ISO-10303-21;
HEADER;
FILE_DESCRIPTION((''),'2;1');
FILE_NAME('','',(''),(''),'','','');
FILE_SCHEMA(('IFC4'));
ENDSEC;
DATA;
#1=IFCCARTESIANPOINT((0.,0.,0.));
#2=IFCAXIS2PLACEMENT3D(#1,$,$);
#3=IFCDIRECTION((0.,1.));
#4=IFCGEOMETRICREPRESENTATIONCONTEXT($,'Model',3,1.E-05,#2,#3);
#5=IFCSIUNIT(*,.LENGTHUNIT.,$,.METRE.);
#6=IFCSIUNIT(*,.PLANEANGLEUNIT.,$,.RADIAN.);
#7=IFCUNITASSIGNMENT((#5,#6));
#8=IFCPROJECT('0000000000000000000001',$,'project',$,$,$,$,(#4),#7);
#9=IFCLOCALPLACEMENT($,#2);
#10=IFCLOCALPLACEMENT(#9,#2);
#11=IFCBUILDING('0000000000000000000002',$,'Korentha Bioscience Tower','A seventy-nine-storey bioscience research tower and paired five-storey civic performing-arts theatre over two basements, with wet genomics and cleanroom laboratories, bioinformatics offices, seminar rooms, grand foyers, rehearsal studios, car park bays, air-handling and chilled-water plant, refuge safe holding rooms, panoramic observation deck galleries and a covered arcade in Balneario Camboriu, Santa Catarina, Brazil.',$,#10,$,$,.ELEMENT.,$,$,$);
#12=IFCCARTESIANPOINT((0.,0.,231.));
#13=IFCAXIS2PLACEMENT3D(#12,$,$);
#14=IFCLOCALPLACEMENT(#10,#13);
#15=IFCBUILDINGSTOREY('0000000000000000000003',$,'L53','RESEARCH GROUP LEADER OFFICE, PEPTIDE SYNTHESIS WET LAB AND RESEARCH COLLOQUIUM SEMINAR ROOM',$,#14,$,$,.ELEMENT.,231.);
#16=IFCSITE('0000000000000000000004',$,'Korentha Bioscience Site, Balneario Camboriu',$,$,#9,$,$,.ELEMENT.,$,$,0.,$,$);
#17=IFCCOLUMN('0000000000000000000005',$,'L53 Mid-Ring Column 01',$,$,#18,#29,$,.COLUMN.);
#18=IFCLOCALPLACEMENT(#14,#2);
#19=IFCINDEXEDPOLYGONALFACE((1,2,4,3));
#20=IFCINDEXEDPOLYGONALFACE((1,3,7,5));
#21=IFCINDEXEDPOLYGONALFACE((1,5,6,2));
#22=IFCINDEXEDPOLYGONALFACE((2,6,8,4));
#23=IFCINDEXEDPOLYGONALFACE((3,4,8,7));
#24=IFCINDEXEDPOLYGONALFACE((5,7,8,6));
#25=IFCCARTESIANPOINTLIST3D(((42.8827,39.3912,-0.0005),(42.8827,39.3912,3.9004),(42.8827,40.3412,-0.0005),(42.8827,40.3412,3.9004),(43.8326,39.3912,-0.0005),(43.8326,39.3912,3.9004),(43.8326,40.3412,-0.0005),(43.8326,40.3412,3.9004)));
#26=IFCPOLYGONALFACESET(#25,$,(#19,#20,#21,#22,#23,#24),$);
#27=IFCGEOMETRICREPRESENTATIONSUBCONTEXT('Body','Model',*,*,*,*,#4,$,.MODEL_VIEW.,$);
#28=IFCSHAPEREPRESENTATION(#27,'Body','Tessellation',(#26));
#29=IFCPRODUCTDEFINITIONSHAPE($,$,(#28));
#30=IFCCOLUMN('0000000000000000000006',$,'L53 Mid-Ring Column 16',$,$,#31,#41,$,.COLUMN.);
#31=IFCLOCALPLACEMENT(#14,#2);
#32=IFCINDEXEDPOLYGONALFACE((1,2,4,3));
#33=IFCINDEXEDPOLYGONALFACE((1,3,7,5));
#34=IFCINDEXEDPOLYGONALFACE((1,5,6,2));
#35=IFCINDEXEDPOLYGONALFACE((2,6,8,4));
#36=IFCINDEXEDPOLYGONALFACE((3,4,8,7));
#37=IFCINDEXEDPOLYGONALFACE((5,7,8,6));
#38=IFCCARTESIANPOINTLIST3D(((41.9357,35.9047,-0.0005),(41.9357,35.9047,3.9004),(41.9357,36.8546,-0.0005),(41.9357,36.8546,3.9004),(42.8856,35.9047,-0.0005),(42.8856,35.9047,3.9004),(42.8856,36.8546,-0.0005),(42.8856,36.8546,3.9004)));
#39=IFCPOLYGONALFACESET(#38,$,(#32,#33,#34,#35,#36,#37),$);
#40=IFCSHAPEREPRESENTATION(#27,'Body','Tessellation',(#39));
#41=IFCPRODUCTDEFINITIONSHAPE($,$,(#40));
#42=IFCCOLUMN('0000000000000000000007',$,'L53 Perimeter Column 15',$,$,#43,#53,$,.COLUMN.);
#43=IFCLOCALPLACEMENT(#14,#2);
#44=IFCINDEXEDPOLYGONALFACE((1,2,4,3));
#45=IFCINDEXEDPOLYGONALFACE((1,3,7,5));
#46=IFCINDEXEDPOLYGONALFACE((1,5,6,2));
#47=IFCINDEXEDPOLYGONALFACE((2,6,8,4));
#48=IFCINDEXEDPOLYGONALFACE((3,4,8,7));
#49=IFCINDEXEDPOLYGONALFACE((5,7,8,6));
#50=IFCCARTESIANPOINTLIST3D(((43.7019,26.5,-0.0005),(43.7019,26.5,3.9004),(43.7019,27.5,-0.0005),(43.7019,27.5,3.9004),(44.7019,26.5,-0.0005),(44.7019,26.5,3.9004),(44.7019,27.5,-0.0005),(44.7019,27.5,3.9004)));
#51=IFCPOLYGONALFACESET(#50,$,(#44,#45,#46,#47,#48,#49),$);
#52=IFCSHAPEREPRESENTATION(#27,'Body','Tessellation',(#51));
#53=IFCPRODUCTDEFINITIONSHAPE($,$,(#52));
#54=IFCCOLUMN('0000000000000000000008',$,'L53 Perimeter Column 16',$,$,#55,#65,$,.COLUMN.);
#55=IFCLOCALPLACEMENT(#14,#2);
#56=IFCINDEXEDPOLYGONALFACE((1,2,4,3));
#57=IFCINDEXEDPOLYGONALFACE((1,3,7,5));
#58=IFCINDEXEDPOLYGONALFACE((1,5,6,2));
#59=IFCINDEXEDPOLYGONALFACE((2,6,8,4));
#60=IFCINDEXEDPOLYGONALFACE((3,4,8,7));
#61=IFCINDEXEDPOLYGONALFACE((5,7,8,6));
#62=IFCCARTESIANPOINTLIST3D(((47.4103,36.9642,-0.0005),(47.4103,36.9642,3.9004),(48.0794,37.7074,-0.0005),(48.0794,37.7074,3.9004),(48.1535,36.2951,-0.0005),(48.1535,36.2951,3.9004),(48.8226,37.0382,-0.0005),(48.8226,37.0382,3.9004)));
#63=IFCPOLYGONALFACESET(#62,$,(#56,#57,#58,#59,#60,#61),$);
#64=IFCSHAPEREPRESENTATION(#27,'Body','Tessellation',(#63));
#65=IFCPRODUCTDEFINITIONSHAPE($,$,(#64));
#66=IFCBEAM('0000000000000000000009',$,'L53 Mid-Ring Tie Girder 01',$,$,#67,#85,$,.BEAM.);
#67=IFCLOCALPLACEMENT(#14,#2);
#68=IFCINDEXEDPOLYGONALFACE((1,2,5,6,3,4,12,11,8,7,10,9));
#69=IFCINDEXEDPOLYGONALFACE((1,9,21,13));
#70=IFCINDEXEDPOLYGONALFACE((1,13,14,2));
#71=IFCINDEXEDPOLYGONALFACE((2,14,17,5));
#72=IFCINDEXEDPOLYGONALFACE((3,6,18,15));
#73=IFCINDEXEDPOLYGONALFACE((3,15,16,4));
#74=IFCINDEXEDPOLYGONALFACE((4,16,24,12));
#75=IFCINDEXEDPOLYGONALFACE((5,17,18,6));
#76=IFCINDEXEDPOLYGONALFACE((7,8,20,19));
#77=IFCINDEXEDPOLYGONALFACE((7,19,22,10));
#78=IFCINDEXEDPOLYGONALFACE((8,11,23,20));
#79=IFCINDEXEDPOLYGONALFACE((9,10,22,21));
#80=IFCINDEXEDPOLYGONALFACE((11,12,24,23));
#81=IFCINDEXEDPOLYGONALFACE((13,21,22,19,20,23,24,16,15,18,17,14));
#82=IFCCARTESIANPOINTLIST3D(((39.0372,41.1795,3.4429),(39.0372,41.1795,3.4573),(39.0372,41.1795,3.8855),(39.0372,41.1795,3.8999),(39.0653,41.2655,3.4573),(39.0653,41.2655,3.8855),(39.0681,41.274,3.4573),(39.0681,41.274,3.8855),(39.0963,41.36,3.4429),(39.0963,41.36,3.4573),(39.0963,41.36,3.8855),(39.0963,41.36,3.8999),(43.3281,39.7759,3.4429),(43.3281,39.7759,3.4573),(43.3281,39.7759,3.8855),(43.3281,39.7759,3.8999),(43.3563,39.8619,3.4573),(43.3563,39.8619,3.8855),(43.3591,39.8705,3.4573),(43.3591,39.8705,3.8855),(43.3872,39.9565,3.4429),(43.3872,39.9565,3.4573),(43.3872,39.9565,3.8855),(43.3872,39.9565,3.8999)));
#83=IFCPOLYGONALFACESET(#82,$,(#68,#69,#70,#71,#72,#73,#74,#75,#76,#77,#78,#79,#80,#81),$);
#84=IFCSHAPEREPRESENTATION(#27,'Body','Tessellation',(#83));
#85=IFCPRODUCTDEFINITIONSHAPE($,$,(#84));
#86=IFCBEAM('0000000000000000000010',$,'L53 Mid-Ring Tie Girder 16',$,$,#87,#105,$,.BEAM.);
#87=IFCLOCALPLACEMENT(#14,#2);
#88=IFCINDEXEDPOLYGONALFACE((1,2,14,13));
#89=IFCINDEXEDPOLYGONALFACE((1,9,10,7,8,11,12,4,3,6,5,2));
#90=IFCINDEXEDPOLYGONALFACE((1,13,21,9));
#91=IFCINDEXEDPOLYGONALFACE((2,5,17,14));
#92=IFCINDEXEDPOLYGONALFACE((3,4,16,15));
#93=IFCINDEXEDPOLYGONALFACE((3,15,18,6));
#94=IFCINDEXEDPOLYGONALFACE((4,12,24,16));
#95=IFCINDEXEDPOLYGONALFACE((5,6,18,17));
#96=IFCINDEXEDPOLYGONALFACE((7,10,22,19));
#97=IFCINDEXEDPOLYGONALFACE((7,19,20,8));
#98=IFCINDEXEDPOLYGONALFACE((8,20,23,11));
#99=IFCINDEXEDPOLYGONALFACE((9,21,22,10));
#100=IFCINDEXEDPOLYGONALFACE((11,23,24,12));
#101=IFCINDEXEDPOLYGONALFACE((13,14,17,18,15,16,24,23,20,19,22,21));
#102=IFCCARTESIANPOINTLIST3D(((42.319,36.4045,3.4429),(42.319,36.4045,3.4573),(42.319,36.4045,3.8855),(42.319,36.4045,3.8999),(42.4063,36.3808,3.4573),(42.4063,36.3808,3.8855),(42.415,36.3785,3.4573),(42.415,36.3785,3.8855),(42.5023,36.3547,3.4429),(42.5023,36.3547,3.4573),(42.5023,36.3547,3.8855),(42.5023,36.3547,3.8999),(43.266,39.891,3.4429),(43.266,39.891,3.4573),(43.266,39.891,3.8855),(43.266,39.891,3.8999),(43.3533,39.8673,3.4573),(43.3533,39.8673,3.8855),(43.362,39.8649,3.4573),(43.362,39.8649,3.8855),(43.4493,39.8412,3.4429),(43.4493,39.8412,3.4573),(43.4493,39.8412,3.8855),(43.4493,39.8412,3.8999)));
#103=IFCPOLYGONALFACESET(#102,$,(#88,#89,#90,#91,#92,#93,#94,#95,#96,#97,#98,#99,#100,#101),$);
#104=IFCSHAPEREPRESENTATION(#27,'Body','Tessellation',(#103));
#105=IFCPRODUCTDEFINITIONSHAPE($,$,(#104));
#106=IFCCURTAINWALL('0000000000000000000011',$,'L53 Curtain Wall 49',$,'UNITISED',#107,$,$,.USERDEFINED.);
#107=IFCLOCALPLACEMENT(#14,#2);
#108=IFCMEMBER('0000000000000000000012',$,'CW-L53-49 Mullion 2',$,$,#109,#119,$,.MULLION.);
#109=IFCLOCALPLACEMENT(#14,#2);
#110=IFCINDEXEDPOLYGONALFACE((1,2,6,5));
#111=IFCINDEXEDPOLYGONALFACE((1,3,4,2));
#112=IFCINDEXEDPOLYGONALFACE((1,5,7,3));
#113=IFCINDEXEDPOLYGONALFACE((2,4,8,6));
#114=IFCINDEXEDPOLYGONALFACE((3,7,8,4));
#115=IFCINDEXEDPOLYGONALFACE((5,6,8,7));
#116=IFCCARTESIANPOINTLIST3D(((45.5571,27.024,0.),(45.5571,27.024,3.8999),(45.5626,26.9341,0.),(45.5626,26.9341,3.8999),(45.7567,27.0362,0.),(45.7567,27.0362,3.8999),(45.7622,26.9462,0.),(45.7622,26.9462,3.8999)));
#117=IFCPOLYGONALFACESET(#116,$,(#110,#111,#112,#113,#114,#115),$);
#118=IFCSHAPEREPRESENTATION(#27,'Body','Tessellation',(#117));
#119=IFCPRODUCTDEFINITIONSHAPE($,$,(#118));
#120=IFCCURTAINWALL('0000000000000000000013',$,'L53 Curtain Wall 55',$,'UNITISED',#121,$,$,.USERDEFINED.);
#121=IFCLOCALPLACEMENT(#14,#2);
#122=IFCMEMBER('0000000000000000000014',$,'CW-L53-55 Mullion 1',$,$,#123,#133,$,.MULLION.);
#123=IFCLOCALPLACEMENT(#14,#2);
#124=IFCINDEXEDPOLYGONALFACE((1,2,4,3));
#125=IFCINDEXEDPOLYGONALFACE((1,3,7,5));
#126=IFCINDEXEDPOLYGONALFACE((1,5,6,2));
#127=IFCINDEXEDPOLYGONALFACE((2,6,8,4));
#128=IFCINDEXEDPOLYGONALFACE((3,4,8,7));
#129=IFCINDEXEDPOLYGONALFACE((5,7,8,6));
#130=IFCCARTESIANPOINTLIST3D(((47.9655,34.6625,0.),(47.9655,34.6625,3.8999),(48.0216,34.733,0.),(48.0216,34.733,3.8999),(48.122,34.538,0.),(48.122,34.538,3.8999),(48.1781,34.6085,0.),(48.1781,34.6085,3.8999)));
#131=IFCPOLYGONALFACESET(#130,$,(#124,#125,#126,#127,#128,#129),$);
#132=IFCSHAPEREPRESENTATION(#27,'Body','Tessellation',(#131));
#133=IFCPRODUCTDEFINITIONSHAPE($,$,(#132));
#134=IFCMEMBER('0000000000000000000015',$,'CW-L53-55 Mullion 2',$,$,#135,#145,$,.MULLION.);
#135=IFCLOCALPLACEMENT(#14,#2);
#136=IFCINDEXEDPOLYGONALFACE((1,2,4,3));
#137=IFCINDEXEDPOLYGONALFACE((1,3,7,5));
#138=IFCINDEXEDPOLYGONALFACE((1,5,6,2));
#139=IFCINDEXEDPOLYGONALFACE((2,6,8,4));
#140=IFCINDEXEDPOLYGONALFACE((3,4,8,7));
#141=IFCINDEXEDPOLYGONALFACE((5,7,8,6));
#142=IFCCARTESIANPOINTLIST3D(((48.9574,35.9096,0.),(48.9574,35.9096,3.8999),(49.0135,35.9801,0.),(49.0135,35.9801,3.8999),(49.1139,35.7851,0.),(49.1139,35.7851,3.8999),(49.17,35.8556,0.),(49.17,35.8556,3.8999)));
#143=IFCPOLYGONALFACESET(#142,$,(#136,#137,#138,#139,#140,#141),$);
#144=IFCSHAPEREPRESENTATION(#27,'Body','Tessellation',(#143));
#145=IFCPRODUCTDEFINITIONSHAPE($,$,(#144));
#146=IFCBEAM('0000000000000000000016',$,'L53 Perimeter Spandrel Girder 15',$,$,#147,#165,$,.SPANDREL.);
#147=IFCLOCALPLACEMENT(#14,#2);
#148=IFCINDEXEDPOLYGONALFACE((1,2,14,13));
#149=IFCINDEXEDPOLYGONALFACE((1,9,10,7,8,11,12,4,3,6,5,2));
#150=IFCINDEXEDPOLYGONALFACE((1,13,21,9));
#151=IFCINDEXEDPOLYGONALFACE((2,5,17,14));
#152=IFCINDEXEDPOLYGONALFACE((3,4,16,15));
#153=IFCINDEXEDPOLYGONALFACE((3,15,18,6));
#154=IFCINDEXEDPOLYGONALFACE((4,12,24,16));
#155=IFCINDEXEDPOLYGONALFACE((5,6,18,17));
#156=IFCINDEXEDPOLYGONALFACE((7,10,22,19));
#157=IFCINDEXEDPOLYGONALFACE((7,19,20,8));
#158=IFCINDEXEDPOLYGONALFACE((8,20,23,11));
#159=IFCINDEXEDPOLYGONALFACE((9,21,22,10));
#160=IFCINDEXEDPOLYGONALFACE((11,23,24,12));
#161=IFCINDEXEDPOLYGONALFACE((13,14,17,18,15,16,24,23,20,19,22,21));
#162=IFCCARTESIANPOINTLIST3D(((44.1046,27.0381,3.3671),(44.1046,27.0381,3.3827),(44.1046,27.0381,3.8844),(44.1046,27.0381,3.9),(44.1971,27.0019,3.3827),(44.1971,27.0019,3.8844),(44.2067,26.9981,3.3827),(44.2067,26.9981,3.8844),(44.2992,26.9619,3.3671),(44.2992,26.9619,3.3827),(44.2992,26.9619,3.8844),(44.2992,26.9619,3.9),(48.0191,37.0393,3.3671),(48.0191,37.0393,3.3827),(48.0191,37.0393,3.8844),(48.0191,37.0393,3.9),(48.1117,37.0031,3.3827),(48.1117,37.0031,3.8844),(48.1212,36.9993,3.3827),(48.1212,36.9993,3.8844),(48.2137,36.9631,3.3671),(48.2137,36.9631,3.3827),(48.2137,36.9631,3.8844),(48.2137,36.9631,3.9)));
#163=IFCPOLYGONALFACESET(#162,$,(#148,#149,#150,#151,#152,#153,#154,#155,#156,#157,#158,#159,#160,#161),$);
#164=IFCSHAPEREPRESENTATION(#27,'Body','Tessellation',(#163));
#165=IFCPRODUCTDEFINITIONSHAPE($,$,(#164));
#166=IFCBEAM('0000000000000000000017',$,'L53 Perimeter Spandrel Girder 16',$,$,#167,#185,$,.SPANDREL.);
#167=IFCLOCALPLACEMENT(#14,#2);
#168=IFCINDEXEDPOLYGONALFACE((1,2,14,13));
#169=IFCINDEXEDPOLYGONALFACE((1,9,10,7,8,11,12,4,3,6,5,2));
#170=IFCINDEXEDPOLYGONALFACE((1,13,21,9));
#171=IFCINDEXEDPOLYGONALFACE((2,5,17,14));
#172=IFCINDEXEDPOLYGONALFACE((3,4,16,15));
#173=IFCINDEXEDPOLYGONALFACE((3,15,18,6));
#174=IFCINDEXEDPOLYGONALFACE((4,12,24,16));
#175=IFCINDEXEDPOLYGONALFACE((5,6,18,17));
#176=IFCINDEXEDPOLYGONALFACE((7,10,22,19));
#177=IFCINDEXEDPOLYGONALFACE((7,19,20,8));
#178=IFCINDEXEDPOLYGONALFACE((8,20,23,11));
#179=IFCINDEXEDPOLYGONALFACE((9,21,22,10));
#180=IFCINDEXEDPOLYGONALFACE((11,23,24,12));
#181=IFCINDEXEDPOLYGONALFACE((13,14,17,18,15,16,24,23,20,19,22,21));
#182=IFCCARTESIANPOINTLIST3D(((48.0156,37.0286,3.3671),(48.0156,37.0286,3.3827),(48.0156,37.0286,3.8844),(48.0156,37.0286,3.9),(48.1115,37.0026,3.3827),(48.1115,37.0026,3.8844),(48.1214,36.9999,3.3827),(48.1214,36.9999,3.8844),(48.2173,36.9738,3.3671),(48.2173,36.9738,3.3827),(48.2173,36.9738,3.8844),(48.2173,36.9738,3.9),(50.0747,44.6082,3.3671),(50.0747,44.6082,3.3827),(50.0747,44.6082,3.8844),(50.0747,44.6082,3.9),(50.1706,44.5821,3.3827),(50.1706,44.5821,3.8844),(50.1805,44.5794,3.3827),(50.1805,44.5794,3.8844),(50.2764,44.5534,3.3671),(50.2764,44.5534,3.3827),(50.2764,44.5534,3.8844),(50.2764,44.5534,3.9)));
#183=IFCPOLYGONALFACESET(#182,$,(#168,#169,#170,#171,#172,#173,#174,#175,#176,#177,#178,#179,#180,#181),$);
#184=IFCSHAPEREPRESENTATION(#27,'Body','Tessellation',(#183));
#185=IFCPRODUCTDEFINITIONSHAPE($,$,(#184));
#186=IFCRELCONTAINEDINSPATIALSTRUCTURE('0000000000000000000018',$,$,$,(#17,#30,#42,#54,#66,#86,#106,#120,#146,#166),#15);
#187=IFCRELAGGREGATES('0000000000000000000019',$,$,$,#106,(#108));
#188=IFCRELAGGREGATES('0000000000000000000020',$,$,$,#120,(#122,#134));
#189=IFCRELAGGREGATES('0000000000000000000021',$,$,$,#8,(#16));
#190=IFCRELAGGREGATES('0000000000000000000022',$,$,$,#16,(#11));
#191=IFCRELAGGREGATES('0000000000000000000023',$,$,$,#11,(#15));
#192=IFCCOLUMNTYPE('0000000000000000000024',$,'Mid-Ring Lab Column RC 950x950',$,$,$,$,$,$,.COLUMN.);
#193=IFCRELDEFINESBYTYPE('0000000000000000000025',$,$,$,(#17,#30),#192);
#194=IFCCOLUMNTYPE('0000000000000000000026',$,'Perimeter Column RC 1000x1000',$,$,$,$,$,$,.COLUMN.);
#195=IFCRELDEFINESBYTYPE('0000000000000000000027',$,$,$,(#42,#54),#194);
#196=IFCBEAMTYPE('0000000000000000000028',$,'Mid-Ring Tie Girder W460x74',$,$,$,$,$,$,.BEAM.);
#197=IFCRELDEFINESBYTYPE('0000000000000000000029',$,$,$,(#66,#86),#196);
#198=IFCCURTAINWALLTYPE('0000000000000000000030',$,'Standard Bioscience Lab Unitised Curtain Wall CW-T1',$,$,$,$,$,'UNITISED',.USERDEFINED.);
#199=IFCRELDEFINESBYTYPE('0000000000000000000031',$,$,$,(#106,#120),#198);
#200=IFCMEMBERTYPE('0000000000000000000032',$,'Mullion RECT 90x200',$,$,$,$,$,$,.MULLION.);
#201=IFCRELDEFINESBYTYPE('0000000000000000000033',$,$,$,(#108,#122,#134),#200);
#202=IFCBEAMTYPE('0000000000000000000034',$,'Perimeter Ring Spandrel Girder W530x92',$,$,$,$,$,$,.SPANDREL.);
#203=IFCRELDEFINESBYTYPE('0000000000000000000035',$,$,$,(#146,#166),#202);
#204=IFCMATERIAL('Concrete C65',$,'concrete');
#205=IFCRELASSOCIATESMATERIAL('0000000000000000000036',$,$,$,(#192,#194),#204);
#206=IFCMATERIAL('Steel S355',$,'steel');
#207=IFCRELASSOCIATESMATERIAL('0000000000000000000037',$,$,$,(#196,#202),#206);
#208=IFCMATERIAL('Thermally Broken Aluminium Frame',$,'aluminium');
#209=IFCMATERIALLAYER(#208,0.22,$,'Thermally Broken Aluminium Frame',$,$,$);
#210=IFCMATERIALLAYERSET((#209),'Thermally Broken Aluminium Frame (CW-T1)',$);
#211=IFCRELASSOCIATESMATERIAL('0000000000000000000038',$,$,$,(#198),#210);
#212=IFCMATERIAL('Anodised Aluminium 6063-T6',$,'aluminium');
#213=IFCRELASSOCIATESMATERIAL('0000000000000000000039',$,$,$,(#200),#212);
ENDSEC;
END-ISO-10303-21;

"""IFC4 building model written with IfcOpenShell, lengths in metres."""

from ifc_helpers import new_model, si_unit, direction, frame, origin, origin_2d, place, context, subcontext, project, spatial, rectangle, i_section, extrude, material, layer, layer_set, material_profile, profile_set, type_object, element, aggregate, save


model = new_model("IFC4")

# Units and contexts
model_context = context("Model", 3, precision=1e-05, world=origin(), true_north=direction((0.0, 1.0)))
body_context = subcontext(model_context, "Body", "Model", "MODEL_VIEW")
ifc_project = project(units=[si_unit("LENGTHUNIT", "METRE"), si_unit("PLANEANGLEUNIT", "RADIAN")], contexts=[model_context])

# Site, building, storey
site_placement = place(None, origin())
site = spatial("IfcSite", under=ifc_project, at=site_placement, Name="Korentha Bioscience Site, Balneario Camboriu", CompositionType="ELEMENT", RefElevation=0.0)
building_placement = place(site_placement, origin())
building = spatial("IfcBuilding", under=site, at=building_placement, Name="Korentha Bioscience Tower", Description="A seventy-nine-storey bioscience research tower and paired five-storey civic performing-arts theatre over two basements, with wet genomics and cleanroom laboratories, bioinformatics offices, seminar rooms, grand foyers, rehearsal studios, car park bays, air-handling and chilled-water plant, refuge safe holding rooms, panoramic observation deck galleries and a covered arcade in Balneario Camboriu, Santa Catarina, Brazil.", CompositionType="ELEMENT")
storey_placement = place(building_placement, frame((0.0, 0.0, 231.0)))
storey = spatial("IfcBuildingStorey", under=building, at=storey_placement, Name="L53", Description="RESEARCH GROUP LEADER OFFICE, PEPTIDE SYNTHESIS WET LAB AND RESEARCH COLLOQUIUM SEMINAR ROOM", CompositionType="ELEMENT", Elevation=231.0)

# Columns
ifc_material_1 = material(Name="Concrete C65", Category="concrete")
ifc_material_profile_1 = material_profile(ifc_material_1, rectangle(XDim=0.95, YDim=0.95, at=origin_2d()), Name="Concrete C65")
ifc_profile_set_1 = profile_set([ifc_material_profile_1], Name="Concrete C65 (COL-MR09)")
column_type_1 = type_object("IfcColumnType", Name="Mid-Ring Lab Column RC 950x950", PredefinedType="COLUMN", material=ifc_profile_set_1)
for number, where, z_axis, x_axis, name in (
    (1, (43.3577, 39.8662, -0.0005), (0.0, 0.0, 1.0), (1.0, 0.0, 0.0), "L53 Mid-Ring Column 01"),
    (2, (42.4106, 36.3796, -0.0005), (0.0, 0.0, 1.0), (1.0, 0.0, 0.0), "L53 Mid-Ring Column 16"),
):
    element("IfcColumn", number, at=place(storey_placement, frame(where, z_axis=z_axis, x_axis=x_axis)), inside=storey, type_object=column_type_1, Name=name, PredefinedType="COLUMN", context=body_context, shape_type="SweptSolid", body=[
        extrude(rectangle(XDim=0.95, YDim=0.95, at=origin_2d()), origin(), (0.0, 0.0, 1.0), 3.9009),
    ])
ifc_material_profile_2 = material_profile(ifc_material_1, rectangle(XDim=1.0, YDim=1.0, at=origin_2d()), Name="Concrete C65")
ifc_profile_set_2 = profile_set([ifc_material_profile_2], Name="Concrete C65 (COL-P10)")
column_type_2 = type_object("IfcColumnType", Name="Perimeter Column RC 1000x1000", PredefinedType="COLUMN", material=ifc_profile_set_2)
for number, where, z_axis, x_axis, name in (
    (3, (44.2019, 27.0, -0.0005), (0.0, 0.0, 1.0), (0.0, 1.0, 0.0), "L53 Perimeter Column 15"),
    (4, (48.1165, 37.0012, -0.0005), (0.0, 0.0, 1.0), (0.669131, 0.743145, 0.0), "L53 Perimeter Column 16"),
):
    element("IfcColumn", number, at=place(storey_placement, frame(where, z_axis=z_axis, x_axis=x_axis)), inside=storey, type_object=column_type_2, Name=name, PredefinedType="COLUMN", context=body_context, shape_type="SweptSolid", body=[
        extrude(rectangle(XDim=1.0, YDim=1.0, at=origin_2d()), origin(), (0.0, 0.0, 1.0), 3.9009),
    ])

# Beams
ifc_material_2 = material(Name="Steel S355", Category="steel")
ifc_material_profile_3 = material_profile(ifc_material_2, i_section(OverallWidth=0.1899, OverallDepth=0.457, WebThickness=0.009, FlangeThickness=0.0144, at=origin_2d()), Name="Steel S355")
ifc_profile_set_3 = profile_set([ifc_material_profile_3], Name="Steel S355 (MB-460)")
beam_type_1 = type_object("IfcBeamType", Name="Mid-Ring Tie Girder W460x74", PredefinedType="BEAM", material=ifc_profile_set_3)
beam_1_placement = place(storey_placement, frame((43.3577, 39.8662, 3.6714), z_axis=(-0.950447, 0.310885, 0.0), x_axis=(-0.310885, -0.950447, 0.0)))
element("IfcBeam", 5, at=beam_1_placement, inside=storey, type_object=beam_type_1, Name="L53 Mid-Ring Tie Girder 01", PredefinedType="BEAM", context=body_context, shape_type="SweptSolid", body=[
    extrude(i_section(OverallWidth=0.1899, OverallDepth=0.457, WebThickness=0.009, FlangeThickness=0.0144, at=origin_2d()), origin(), (0.0, 0.0, 1.0), 4.5146),
])
beam_2_placement = place(storey_placement, frame((42.4106, 36.3796, 3.6714), z_axis=(0.262122, 0.965035, 0.0), x_axis=(-0.965035, 0.262122, 0.0)))
element("IfcBeam", 6, at=beam_2_placement, inside=storey, type_object=beam_type_1, Name="L53 Mid-Ring Tie Girder 16", PredefinedType="BEAM", context=body_context, shape_type="SweptSolid", body=[
    extrude(i_section(OverallWidth=0.1899, OverallDepth=0.457, WebThickness=0.009, FlangeThickness=0.0144, at=origin_2d()), origin(), (0.0, 0.0, 1.0), 3.6128),
])

# Curtain wall, member
ifc_material_3 = material(Name="Thermally Broken Aluminium Frame", Category="aluminium")
ifc_layer_1 = layer(ifc_material_3, 0.22, Name="Thermally Broken Aluminium Frame")
ifc_layer_set_1 = layer_set([ifc_layer_1], Name="Thermally Broken Aluminium Frame (CW-T1)")
curtain_wall_type = type_object("IfcCurtainWallType", Name="Standard Bioscience Lab Unitised Curtain Wall CW-T1", ElementType="UNITISED", PredefinedType="USERDEFINED", material=ifc_layer_set_1)
curtain_wall_1_placement = place(storey_placement, origin())
curtain_wall_1 = element("IfcCurtainWall", 7, at=curtain_wall_1_placement, inside=storey, type_object=curtain_wall_type, Name="L53 Curtain Wall 49", ObjectType="UNITISED", PredefinedType="USERDEFINED")
ifc_material_4 = material(Name="Anodised Aluminium 6063-T6", Category="aluminium")
ifc_material_profile_4 = material_profile(ifc_material_4, rectangle(XDim=0.0901, YDim=0.2, at=origin_2d()), Name="Anodised Aluminium 6063-T6")
ifc_profile_set_4 = profile_set([ifc_material_profile_4], Name="Anodised Aluminium 6063-T6 (CW-MUL)")
member_type_1 = type_object("IfcMemberType", Name="Mullion RECT 90x200", PredefinedType="MULLION", material=ifc_profile_set_4)
member_1_placement = place(storey_placement, frame((45.6597, 26.9851, 0.0), z_axis=(0.0, 0.0, 1.0), x_axis=(-0.060954, 0.998141, 0.0)))
member_1 = element("IfcMember", 8, at=member_1_placement, type_object=member_type_1, Name="CW-L53-49 Mullion 2", PredefinedType="MULLION", context=body_context, shape_type="SweptSolid", body=[
    extrude(rectangle(XDim=0.0901, YDim=0.2, at=origin_2d()), origin(), (0.0, 0.0, 1.0), 3.8999),
])
aggregate(curtain_wall_1, [member_1])

# Curtain wall, members
curtain_wall_2_placement = place(storey_placement, origin())
curtain_wall_2 = element("IfcCurtainWall", 9, at=curtain_wall_2_placement, inside=storey, type_object=curtain_wall_type, Name="L53 Curtain Wall 55", ObjectType="UNITISED", PredefinedType="USERDEFINED")
member_2_placement = place(storey_placement, frame((48.0718, 34.6355, 0.0), z_axis=(0.0, 0.0, 1.0), x_axis=(0.622512, 0.78261, 0.0)))
member_2 = element("IfcMember", 10, at=member_2_placement, type_object=member_type_1, Name="CW-L53-55 Mullion 1", PredefinedType="MULLION", context=body_context, shape_type="SweptSolid", body=[
    extrude(rectangle(XDim=0.0901, YDim=0.2, at=origin_2d()), origin(), (0.0, 0.0, 1.0), 3.8999),
])
member_3_placement = place(storey_placement, frame((49.0637, 35.8826, 0.0), z_axis=(0.0, 0.0, 1.0), x_axis=(0.622512, 0.78261, 0.0)))
member_3 = element("IfcMember", 11, at=member_3_placement, type_object=member_type_1, Name="CW-L53-55 Mullion 2", PredefinedType="MULLION", context=body_context, shape_type="SweptSolid", body=[
    extrude(rectangle(XDim=0.0901, YDim=0.2, at=origin_2d()), origin(), (0.0, 0.0, 1.0), 3.8999),
])

# Beams
ifc_material_profile_5 = material_profile(ifc_material_2, i_section(OverallWidth=0.209, OverallDepth=0.533, WebThickness=0.0103, FlangeThickness=0.0156, at=origin_2d()), Name="Steel S355")
ifc_profile_set_5 = profile_set([ifc_material_profile_5], Name="Steel S355 (SB-530)")
beam_type_2 = type_object("IfcBeamType", Name="Perimeter Ring Spandrel Girder W530x92", PredefinedType="SPANDREL", material=ifc_profile_set_5)
beam_3_placement = place(storey_placement, frame((44.2019, 27.0, 3.6335), z_axis=(0.364482, 0.93121, 0.0), x_axis=(-0.93121, 0.364482, 0.0)))
element("IfcBeam", 12, at=beam_3_placement, inside=storey, type_object=beam_type_2, Name="L53 Perimeter Spandrel Girder 15", PredefinedType="SPANDREL", context=body_context, shape_type="SweptSolid", body=[
    extrude(i_section(OverallWidth=0.209, OverallDepth=0.533, WebThickness=0.0103, FlangeThickness=0.0156, at=origin_2d()), origin(), (0.0, 0.0, 1.0), 10.74),
])
beam_4_placement = place(storey_placement, frame((48.1165, 37.0012, 3.6335), z_axis=(0.26216, 0.965024, 0.0), x_axis=(-0.965024, 0.26216, 0.0)))
element("IfcBeam", 13, at=beam_4_placement, inside=storey, type_object=beam_type_2, Name="L53 Perimeter Spandrel Girder 16", PredefinedType="SPANDREL", context=body_context, shape_type="SweptSolid", body=[
    extrude(i_section(OverallWidth=0.209, OverallDepth=0.533, WebThickness=0.0103, FlangeThickness=0.0156, at=origin_2d()), origin(), (0.0, 0.0, 1.0), 7.8542),
])

aggregate(curtain_wall_2, [member_2, member_3])

save(model, "model.ifc")
